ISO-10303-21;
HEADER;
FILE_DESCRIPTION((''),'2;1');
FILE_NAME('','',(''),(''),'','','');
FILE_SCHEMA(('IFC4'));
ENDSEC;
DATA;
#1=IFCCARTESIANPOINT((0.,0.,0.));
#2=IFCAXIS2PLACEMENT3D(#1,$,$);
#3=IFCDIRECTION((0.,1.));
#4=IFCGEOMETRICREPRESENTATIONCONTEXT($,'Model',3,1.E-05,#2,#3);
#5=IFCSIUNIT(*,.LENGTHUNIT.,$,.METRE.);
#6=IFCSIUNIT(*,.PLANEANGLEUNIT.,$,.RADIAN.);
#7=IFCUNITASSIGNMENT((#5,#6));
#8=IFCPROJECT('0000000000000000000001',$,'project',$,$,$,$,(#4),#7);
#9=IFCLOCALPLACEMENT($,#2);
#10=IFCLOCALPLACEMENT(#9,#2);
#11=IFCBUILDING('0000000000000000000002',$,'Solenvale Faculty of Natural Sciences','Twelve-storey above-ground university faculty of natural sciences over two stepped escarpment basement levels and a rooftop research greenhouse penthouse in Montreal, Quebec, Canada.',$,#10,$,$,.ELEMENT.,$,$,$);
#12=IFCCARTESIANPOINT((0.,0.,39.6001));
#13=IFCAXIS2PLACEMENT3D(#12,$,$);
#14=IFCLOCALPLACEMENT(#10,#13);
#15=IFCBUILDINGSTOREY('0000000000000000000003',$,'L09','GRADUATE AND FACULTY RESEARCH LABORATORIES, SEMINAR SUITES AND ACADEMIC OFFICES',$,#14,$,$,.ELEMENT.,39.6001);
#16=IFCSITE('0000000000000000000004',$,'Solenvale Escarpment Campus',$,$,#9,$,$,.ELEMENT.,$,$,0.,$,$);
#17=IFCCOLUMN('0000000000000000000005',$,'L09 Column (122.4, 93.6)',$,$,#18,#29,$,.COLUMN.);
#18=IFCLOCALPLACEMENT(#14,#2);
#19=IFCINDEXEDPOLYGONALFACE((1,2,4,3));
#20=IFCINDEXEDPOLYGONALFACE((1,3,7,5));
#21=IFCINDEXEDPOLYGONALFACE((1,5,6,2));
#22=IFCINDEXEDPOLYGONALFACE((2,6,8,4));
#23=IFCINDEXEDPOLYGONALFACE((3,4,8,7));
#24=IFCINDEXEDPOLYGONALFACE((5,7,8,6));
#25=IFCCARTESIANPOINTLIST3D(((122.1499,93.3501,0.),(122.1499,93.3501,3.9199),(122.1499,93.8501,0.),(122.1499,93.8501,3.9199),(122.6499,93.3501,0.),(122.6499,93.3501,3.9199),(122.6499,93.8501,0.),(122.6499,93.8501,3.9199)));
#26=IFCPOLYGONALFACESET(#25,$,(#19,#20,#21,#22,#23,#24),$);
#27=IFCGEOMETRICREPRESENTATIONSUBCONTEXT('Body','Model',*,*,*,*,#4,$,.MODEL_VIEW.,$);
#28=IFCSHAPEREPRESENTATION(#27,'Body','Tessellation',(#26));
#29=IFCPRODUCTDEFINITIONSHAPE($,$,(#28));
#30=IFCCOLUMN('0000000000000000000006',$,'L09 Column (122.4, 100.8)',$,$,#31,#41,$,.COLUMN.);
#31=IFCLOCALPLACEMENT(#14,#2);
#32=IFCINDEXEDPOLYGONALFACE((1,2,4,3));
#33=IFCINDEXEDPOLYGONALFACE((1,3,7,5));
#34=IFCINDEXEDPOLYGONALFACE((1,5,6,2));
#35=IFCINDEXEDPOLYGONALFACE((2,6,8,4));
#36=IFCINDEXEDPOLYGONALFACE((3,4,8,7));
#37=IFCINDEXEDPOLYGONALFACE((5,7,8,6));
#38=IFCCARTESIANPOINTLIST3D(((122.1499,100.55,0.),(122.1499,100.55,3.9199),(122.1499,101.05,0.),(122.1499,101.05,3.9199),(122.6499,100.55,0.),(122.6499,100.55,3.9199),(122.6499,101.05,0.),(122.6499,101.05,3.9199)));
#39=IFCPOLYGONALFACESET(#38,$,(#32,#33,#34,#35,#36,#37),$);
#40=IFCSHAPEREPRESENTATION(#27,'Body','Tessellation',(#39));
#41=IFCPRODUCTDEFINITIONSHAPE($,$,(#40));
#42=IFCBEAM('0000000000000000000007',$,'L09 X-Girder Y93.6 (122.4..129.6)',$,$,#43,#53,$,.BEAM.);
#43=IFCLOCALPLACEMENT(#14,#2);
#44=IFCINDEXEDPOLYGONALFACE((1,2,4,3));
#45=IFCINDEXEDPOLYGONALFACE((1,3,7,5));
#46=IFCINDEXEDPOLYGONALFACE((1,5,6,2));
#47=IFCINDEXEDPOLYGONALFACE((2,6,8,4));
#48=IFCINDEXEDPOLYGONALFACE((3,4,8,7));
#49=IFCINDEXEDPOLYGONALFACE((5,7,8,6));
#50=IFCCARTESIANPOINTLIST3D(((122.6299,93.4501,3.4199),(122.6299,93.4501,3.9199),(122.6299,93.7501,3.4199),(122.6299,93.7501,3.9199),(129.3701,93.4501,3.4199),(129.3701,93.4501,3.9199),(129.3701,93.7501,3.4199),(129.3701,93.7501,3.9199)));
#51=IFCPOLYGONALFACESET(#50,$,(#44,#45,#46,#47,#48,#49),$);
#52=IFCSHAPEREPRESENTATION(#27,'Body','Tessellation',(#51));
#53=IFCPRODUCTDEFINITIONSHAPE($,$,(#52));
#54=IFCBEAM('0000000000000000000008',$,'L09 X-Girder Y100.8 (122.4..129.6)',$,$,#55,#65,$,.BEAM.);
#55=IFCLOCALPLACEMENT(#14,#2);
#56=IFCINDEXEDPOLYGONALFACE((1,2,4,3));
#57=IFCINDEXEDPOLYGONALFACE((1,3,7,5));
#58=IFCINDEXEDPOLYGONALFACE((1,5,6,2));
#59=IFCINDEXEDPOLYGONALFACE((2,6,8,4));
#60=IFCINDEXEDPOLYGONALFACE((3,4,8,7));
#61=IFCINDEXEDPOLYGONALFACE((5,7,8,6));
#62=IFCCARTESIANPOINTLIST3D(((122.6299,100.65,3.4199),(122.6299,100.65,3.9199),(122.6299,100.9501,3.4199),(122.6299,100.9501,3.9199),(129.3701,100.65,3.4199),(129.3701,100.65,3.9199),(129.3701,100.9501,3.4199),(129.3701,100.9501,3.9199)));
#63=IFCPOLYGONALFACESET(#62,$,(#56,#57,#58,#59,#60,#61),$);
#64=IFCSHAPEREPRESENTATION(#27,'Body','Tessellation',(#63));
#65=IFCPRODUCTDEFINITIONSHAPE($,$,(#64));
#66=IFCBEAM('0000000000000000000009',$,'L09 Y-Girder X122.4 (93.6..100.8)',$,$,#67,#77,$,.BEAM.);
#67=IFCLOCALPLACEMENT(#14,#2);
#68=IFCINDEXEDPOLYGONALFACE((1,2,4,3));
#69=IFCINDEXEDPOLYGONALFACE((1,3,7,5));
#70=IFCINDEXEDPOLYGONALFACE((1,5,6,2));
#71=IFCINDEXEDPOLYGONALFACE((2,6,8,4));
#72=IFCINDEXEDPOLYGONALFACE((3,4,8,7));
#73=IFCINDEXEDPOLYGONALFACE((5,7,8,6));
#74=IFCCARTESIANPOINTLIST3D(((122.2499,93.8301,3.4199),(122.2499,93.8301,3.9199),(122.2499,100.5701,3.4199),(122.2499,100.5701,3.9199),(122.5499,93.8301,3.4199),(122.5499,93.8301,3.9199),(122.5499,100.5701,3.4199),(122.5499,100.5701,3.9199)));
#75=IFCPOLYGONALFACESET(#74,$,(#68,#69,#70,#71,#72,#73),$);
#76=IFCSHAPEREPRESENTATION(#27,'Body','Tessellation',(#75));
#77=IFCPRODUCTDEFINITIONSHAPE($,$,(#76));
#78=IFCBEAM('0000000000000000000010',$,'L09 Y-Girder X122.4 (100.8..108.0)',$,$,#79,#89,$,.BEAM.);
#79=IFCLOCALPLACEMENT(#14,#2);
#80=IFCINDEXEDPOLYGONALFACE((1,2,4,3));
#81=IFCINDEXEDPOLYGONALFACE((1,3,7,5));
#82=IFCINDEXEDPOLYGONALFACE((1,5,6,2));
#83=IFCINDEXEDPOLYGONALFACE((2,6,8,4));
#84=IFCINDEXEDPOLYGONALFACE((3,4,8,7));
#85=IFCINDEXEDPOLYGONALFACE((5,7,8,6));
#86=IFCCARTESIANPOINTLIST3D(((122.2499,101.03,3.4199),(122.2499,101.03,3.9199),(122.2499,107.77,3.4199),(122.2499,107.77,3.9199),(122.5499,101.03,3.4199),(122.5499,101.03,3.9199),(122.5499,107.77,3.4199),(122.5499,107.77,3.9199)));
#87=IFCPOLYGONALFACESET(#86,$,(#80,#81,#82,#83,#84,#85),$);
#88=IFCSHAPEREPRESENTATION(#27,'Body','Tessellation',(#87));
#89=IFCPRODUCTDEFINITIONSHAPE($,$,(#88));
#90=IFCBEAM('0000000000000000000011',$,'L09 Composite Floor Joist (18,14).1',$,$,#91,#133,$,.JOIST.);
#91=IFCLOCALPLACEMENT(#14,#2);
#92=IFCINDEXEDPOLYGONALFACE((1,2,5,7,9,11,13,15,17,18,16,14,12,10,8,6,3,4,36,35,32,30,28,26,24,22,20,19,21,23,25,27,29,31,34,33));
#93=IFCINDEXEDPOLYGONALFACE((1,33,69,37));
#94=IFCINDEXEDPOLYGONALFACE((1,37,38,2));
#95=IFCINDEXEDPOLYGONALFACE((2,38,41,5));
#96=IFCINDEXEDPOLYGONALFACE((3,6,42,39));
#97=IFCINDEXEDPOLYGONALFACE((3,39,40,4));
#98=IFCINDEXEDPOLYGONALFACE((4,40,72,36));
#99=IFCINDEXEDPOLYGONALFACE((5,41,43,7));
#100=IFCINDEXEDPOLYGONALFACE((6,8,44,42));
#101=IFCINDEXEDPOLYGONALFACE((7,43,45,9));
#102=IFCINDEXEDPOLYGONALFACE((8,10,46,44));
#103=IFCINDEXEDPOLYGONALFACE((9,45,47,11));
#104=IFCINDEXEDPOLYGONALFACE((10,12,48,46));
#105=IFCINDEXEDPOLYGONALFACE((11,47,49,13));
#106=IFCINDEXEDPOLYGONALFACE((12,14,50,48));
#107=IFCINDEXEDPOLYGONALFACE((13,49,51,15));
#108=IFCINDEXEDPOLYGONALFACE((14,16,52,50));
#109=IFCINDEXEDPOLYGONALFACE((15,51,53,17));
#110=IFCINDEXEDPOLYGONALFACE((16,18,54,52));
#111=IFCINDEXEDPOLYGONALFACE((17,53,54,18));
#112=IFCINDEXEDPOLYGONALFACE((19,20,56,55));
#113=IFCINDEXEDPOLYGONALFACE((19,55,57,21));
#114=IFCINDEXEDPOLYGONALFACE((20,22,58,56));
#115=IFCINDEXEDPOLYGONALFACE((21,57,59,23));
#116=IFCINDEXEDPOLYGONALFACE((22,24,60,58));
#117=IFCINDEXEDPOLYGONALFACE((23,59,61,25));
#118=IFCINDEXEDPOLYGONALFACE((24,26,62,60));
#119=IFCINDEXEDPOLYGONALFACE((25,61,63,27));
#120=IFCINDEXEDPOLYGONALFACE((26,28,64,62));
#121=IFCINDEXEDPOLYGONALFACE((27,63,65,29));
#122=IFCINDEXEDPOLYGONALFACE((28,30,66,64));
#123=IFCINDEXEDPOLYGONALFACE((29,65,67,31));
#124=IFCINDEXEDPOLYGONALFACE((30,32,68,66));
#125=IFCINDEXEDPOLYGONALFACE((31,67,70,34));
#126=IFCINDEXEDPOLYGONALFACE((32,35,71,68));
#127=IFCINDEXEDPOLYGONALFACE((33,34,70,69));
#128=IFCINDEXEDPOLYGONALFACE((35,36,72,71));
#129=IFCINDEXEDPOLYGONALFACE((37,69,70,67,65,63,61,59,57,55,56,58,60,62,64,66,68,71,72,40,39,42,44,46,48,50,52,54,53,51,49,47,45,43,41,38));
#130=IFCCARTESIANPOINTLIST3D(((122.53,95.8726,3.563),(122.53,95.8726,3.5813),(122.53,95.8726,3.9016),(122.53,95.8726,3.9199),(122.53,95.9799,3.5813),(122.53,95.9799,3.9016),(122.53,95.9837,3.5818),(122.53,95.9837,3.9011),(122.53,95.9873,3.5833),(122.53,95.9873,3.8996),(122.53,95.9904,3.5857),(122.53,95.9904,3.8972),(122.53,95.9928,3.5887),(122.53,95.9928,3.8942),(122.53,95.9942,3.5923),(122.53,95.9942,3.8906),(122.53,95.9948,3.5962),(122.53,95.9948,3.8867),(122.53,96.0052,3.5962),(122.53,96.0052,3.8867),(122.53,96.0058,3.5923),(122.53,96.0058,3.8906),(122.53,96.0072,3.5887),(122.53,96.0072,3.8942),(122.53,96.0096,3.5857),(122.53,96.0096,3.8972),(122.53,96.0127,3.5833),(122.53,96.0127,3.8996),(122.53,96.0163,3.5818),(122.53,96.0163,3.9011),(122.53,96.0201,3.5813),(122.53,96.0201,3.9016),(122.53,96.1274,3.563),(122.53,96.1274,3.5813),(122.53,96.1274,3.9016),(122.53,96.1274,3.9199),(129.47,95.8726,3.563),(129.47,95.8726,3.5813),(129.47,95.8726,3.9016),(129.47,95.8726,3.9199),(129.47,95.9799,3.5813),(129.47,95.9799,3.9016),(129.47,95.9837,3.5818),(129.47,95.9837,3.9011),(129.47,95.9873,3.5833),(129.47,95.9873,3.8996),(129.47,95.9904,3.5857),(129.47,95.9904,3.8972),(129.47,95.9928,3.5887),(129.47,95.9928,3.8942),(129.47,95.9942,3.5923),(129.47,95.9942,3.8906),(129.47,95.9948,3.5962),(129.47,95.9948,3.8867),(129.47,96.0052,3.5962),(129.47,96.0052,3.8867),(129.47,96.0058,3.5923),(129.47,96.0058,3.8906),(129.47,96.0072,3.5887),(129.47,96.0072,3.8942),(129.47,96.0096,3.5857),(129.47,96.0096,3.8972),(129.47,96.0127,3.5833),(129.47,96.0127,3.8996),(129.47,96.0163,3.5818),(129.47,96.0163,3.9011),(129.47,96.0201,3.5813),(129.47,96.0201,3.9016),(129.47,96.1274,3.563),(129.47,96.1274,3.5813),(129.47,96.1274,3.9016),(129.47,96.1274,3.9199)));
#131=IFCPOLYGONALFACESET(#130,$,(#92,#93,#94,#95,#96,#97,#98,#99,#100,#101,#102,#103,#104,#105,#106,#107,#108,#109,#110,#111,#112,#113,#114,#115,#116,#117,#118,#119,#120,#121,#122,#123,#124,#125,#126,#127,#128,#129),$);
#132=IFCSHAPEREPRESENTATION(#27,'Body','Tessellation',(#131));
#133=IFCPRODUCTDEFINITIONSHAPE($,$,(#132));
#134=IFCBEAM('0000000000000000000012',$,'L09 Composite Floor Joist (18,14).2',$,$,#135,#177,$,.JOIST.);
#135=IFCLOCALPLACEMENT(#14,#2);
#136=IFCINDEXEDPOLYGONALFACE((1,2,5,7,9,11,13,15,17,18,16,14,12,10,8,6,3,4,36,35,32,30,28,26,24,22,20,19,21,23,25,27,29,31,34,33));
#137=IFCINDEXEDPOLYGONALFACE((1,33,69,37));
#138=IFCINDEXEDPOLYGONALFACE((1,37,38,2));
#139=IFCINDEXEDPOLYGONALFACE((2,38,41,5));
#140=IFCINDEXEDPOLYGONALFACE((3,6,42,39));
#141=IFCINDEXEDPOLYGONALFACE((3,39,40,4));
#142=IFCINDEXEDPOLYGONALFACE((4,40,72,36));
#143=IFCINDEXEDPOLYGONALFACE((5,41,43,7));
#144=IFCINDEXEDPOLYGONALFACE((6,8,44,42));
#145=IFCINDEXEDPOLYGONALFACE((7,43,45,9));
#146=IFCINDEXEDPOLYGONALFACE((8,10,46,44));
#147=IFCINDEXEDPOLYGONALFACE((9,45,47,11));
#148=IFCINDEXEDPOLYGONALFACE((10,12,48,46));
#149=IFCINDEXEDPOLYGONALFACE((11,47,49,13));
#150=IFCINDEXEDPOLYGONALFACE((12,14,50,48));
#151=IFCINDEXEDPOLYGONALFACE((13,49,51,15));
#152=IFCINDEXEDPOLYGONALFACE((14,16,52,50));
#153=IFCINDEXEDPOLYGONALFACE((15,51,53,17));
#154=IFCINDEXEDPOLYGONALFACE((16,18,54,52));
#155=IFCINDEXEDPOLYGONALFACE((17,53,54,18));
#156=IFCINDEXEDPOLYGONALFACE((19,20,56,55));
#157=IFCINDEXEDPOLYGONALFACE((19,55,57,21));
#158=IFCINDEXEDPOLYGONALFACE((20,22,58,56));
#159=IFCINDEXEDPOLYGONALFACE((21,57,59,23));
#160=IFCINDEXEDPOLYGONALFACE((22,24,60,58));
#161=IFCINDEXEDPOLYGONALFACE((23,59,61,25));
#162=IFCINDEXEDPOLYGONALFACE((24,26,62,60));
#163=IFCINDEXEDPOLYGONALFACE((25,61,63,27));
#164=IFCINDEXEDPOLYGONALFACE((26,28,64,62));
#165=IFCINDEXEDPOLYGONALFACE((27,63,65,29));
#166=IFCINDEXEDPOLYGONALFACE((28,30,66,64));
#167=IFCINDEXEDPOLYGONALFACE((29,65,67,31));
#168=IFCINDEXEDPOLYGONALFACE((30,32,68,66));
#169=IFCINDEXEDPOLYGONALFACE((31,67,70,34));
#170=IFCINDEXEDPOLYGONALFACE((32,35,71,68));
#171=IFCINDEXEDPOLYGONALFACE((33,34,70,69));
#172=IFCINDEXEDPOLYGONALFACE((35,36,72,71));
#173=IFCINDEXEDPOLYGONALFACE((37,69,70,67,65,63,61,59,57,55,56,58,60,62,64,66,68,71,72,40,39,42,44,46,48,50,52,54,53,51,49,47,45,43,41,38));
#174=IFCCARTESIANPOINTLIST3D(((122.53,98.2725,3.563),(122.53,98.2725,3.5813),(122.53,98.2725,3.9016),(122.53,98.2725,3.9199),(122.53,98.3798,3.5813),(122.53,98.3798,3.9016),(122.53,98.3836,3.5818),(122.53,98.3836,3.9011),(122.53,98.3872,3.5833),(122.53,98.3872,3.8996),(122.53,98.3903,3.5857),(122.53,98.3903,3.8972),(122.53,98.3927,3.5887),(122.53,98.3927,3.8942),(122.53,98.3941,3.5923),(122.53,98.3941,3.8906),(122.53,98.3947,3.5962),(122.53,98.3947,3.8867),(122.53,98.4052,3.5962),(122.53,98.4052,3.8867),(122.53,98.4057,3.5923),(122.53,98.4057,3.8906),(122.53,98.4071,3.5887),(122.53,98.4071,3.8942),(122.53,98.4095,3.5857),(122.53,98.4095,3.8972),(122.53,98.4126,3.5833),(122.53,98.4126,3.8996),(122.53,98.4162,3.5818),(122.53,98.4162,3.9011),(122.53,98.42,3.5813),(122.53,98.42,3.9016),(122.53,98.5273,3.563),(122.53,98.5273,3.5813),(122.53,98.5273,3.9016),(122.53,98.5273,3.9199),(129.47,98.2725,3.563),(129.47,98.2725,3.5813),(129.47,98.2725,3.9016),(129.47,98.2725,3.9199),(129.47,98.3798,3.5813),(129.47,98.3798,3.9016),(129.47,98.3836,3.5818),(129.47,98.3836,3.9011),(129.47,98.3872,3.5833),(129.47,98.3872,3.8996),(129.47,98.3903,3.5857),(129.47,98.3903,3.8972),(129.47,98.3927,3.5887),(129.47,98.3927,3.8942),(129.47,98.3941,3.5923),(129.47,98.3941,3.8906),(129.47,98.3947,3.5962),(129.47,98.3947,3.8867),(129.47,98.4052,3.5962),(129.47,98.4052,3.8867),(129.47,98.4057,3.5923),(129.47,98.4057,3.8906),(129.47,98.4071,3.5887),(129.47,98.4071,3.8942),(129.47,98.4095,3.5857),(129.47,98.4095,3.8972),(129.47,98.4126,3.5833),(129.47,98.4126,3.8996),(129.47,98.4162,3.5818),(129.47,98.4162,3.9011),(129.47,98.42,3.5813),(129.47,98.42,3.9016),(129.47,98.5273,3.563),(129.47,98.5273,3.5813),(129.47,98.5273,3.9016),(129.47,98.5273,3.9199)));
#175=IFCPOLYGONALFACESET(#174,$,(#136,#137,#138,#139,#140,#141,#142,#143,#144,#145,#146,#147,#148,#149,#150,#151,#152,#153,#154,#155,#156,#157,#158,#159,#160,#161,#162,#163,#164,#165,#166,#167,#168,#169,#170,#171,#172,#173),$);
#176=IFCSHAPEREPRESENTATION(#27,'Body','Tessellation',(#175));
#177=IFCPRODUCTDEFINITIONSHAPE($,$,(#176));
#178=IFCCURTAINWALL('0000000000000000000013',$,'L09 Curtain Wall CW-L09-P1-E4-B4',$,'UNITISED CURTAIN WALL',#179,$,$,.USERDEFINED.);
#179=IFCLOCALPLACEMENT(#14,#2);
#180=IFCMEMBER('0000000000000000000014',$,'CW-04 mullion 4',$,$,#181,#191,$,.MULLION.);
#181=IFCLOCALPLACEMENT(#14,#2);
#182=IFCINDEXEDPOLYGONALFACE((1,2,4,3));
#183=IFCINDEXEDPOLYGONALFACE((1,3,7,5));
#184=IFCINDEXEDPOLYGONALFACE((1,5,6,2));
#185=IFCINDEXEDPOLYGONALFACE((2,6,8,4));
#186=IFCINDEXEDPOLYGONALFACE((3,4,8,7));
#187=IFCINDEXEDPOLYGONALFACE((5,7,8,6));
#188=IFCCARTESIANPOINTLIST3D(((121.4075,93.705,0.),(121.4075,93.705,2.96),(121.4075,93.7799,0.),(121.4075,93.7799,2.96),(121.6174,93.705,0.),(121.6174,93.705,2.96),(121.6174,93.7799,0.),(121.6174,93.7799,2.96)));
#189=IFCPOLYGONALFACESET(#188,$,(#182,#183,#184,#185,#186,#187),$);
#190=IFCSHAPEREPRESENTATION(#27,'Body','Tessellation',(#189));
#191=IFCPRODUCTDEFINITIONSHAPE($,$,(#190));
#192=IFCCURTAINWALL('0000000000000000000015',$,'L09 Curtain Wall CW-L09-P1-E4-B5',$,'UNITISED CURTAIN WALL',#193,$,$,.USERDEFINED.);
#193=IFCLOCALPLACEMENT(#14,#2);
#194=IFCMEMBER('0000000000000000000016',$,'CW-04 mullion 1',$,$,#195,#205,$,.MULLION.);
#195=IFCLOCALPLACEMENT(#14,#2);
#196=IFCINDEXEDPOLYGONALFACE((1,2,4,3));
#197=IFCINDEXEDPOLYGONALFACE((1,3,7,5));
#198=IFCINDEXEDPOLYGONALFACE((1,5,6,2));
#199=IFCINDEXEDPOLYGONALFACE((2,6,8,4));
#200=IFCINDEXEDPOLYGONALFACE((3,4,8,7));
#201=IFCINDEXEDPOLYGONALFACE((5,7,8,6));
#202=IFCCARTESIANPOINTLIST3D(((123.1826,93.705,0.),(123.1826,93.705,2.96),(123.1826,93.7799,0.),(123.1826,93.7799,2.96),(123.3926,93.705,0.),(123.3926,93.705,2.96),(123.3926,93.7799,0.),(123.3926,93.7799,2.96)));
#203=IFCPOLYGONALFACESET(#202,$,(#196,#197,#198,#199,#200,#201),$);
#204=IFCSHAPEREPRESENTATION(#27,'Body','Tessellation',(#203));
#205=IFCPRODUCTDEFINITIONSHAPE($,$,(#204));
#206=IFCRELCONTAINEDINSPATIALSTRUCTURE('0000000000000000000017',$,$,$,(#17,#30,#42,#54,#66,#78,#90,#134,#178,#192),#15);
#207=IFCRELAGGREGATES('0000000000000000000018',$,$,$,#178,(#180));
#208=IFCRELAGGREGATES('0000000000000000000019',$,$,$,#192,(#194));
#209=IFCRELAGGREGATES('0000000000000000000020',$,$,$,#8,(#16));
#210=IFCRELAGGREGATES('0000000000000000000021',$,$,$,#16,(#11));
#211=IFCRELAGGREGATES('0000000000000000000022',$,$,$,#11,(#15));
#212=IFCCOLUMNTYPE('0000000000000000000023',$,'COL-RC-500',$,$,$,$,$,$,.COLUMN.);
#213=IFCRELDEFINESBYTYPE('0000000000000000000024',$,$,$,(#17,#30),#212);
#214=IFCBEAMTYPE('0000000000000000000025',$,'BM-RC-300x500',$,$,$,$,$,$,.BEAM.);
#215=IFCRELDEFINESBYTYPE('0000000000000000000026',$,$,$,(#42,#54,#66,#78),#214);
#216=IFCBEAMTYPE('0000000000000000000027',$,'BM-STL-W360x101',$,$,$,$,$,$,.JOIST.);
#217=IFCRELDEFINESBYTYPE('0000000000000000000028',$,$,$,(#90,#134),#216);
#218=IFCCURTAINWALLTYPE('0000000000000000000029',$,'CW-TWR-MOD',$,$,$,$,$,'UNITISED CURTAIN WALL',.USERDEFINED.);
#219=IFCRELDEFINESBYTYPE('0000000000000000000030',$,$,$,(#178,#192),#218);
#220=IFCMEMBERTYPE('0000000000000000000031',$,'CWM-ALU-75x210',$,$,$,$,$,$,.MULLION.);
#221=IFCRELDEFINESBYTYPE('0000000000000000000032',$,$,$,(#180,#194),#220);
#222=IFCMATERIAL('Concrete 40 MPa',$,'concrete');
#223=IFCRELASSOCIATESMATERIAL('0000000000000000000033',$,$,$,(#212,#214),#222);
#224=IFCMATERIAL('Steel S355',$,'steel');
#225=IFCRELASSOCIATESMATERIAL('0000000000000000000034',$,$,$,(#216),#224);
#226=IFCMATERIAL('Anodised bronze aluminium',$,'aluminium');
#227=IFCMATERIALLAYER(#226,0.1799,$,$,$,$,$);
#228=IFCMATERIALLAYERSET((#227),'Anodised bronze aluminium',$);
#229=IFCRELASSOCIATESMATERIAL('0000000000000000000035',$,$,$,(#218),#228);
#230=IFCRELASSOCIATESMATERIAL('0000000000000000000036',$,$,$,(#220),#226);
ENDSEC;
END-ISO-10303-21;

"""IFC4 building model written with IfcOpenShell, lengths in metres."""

from ifc_helpers import new_model, si_unit, direction, frame, origin, origin_2d, place, context, subcontext, project, spatial, rectangle, i_section, extrude, material, layer, layer_set, material_profile, profile_set, type_object, element, aggregate, save


model = new_model("IFC4")

# Units and contexts
model_context = context("Model", 3, precision=1e-05, world=origin(), true_north=direction((0.0, 1.0)))
body_context = subcontext(model_context, "Body", "Model", "MODEL_VIEW")
ifc_project = project(units=[si_unit("LENGTHUNIT", "METRE"), si_unit("PLANEANGLEUNIT", "RADIAN")], contexts=[model_context])

# Site, building, storey
site_placement = place(None, origin())
site = spatial("IfcSite", under=ifc_project, at=site_placement, Name="Solenvale Escarpment Campus", CompositionType="ELEMENT", RefElevation=0.0)
building_placement = place(site_placement, origin())
building = spatial("IfcBuilding", under=site, at=building_placement, Name="Solenvale Faculty of Natural Sciences", Description="Twelve-storey above-ground university faculty of natural sciences over two stepped escarpment basement levels and a rooftop research greenhouse penthouse in Montreal, Quebec, Canada.", CompositionType="ELEMENT")
storey_placement = place(building_placement, frame((0.0, 0.0, 39.6001)))
storey = spatial("IfcBuildingStorey", under=building, at=storey_placement, Name="L09", Description="GRADUATE AND FACULTY RESEARCH LABORATORIES, SEMINAR SUITES AND ACADEMIC OFFICES", CompositionType="ELEMENT", Elevation=39.6001)

# Columns
ifc_material_1 = material(Name="Concrete 40 MPa", Category="concrete")
ifc_material_profile_1 = material_profile(ifc_material_1, rectangle(XDim=0.5, YDim=0.5, at=origin_2d()), Name="RC-COL-500x500")
ifc_profile_set_1 = profile_set([ifc_material_profile_1], Name="Concrete 40 MPa")
column_type = type_object("IfcColumnType", Name="COL-RC-500", PredefinedType="COLUMN", material=ifc_profile_set_1)
for number, where, z_axis, x_axis, name in (
    (1, (122.3999, 93.6001, 0.0), (0.0, 0.0, 1.0), (1.0, 0.0, 0.0), "L09 Column (122.4, 93.6)"),
    (2, (122.3999, 100.8, 0.0), (0.0, 0.0, 1.0), (1.0, 0.0, 0.0), "L09 Column (122.4, 100.8)"),
):
    element("IfcColumn", number, at=place(storey_placement, frame(where, z_axis=z_axis, x_axis=x_axis)), inside=storey, type_object=column_type, Name=name, PredefinedType="COLUMN", context=body_context, shape_type="SweptSolid", body=[
        extrude(rectangle(XDim=0.5, YDim=0.5, at=origin_2d()), origin(), (0.0, 0.0, 1.0), 3.9199),
    ])

# Beams
ifc_material_profile_2 = material_profile(ifc_material_1, rectangle(XDim=0.3, YDim=0.5, at=origin_2d()), Name="RC-BM-300x500")
ifc_profile_set_2 = profile_set([ifc_material_profile_2], Name="Concrete 40 MPa")
beam_type_1 = type_object("IfcBeamType", Name="BM-RC-300x500", PredefinedType="BEAM", material=ifc_profile_set_2)
for number, where, z_axis, x_axis, name in (
    (3, (122.6299, 93.6001, 3.6699), (1.0, 0.0, 0.0), (0.0, 1.0, 0.0), "L09 X-Girder Y93.6 (122.4..129.6)"),
    (4, (122.6299, 100.8, 3.6699), (1.0, 0.0, 0.0), (0.0, 1.0, 0.0), "L09 X-Girder Y100.8 (122.4..129.6)"),
):
    element("IfcBeam", number, at=place(storey_placement, frame(where, z_axis=z_axis, x_axis=x_axis)), inside=storey, type_object=beam_type_1, Name=name, PredefinedType="BEAM", context=body_context, shape_type="SweptSolid", body=[
        extrude(rectangle(XDim=0.3, YDim=0.5, at=origin_2d()), origin(), (0.0, 0.0, 1.0), 6.7402),
    ])
for number, where, z_axis, x_axis, name in (
    (5, (122.3999, 93.8301, 3.6699), (0.0, 1.0, 0.0), (-1.0, 0.0, 0.0), "L09 Y-Girder X122.4 (93.6..100.8)"),
    (6, (122.3999, 101.03, 3.6699), (0.0, 1.0, 0.0), (-1.0, 0.0, 0.0), "L09 Y-Girder X122.4 (100.8..108.0)"),
):
    element("IfcBeam", number, at=place(storey_placement, frame(where, z_axis=z_axis, x_axis=x_axis)), inside=storey, type_object=beam_type_1, Name=name, PredefinedType="BEAM", context=body_context, shape_type="SweptSolid", body=[
        extrude(rectangle(XDim=0.3, YDim=0.5, at=origin_2d()), origin(), (0.0, 0.0, 1.0), 6.74),
    ])
ifc_material_2 = material(Name="Steel S355", Category="steel")
ifc_material_profile_3 = material_profile(ifc_material_2, i_section(OverallWidth=0.2549, OverallDepth=0.3569, WebThickness=0.0105, FlangeThickness=0.0183, FilletRadius=0.0149, at=origin_2d()), Name="W360x101")
ifc_profile_set_3 = profile_set([ifc_material_profile_3], Name="Steel S355")
beam_type_2 = type_object("IfcBeamType", Name="BM-STL-W360x101", PredefinedType="JOIST", material=ifc_profile_set_3)
for number, where, z_axis, x_axis, name in (
    (7, (122.53, 96.0, 3.7415), (1.0, 0.0, 0.0), (0.0, 1.0, 0.0), "L09 Composite Floor Joist (18,14).1"),
    (8, (122.53, 98.3999, 3.7415), (1.0, 0.0, 0.0), (0.0, 1.0, 0.0), "L09 Composite Floor Joist (18,14).2"),
):
    element("IfcBeam", number, at=place(storey_placement, frame(where, z_axis=z_axis, x_axis=x_axis)), inside=storey, type_object=beam_type_2, Name=name, PredefinedType="JOIST", context=body_context, shape_type="SweptSolid", body=[
        extrude(i_section(OverallWidth=0.2549, OverallDepth=0.3569, WebThickness=0.0105, FlangeThickness=0.0183, FilletRadius=0.0149, at=origin_2d()), origin(), (0.0, 0.0, 1.0), 6.9399),
    ])

# Curtain wall, member
ifc_material_3 = material(Name="Anodised bronze aluminium", Category="aluminium")
ifc_layer_1 = layer(ifc_material_3, 0.1799)
ifc_layer_set_1 = layer_set([ifc_layer_1], Name="Anodised bronze aluminium")
curtain_wall_type = type_object("IfcCurtainWallType", Name="CW-TWR-MOD", ElementType="UNITISED CURTAIN WALL", PredefinedType="USERDEFINED", material=ifc_layer_set_1)
curtain_wall_1_placement = place(storey_placement, origin())
curtain_wall_1 = element("IfcCurtainWall", 9, at=curtain_wall_1_placement, inside=storey, type_object=curtain_wall_type, Name="L09 Curtain Wall CW-L09-P1-E4-B4", ObjectType="UNITISED CURTAIN WALL", PredefinedType="USERDEFINED")
ifc_material_profile_4 = material_profile(ifc_material_3, rectangle(XDim=0.075, YDim=0.21, at=origin_2d()), Name="ALU-MUL-75x210")
ifc_profile_set_4 = profile_set([ifc_material_profile_4], Name="Anodised bronze aluminium")
member_type_1 = type_object("IfcMemberType", Name="CWM-ALU-75x210", PredefinedType="MULLION", material=ifc_profile_set_4)
member_1_placement = place(storey_placement, frame((121.5125, 93.7424, 0.0), z_axis=(0.0, 0.0, 1.0), x_axis=(0.0, 1.0, 0.0)))
member_1 = element("IfcMember", 10, at=member_1_placement, type_object=member_type_1, Name="CW-04 mullion 4", PredefinedType="MULLION", context=body_context, shape_type="SweptSolid", body=[
    extrude(rectangle(XDim=0.075, YDim=0.21, at=origin_2d()), origin(), (0.0, 0.0, 1.0), 2.96),
])

# Curtain wall, member
curtain_wall_2_placement = place(storey_placement, origin())
curtain_wall_2 = element("IfcCurtainWall", 11, at=curtain_wall_2_placement, inside=storey, type_object=curtain_wall_type, Name="L09 Curtain Wall CW-L09-P1-E4-B5", ObjectType="UNITISED CURTAIN WALL", PredefinedType="USERDEFINED")
member_2_placement = place(storey_placement, frame((123.2876, 93.7424, 0.0), z_axis=(0.0, 0.0, 1.0), x_axis=(0.0, 1.0, 0.0)))
member_2 = element("IfcMember", 12, at=member_2_placement, type_object=member_type_1, Name="CW-04 mullion 1", PredefinedType="MULLION", context=body_context, shape_type="SweptSolid", body=[
    extrude(rectangle(XDim=0.075, YDim=0.21, at=origin_2d()), origin(), (0.0, 0.0, 1.0), 2.96),
])

aggregate(curtain_wall_1, [member_1])
aggregate(curtain_wall_2, [member_2])

save(model, "model.ifc")
